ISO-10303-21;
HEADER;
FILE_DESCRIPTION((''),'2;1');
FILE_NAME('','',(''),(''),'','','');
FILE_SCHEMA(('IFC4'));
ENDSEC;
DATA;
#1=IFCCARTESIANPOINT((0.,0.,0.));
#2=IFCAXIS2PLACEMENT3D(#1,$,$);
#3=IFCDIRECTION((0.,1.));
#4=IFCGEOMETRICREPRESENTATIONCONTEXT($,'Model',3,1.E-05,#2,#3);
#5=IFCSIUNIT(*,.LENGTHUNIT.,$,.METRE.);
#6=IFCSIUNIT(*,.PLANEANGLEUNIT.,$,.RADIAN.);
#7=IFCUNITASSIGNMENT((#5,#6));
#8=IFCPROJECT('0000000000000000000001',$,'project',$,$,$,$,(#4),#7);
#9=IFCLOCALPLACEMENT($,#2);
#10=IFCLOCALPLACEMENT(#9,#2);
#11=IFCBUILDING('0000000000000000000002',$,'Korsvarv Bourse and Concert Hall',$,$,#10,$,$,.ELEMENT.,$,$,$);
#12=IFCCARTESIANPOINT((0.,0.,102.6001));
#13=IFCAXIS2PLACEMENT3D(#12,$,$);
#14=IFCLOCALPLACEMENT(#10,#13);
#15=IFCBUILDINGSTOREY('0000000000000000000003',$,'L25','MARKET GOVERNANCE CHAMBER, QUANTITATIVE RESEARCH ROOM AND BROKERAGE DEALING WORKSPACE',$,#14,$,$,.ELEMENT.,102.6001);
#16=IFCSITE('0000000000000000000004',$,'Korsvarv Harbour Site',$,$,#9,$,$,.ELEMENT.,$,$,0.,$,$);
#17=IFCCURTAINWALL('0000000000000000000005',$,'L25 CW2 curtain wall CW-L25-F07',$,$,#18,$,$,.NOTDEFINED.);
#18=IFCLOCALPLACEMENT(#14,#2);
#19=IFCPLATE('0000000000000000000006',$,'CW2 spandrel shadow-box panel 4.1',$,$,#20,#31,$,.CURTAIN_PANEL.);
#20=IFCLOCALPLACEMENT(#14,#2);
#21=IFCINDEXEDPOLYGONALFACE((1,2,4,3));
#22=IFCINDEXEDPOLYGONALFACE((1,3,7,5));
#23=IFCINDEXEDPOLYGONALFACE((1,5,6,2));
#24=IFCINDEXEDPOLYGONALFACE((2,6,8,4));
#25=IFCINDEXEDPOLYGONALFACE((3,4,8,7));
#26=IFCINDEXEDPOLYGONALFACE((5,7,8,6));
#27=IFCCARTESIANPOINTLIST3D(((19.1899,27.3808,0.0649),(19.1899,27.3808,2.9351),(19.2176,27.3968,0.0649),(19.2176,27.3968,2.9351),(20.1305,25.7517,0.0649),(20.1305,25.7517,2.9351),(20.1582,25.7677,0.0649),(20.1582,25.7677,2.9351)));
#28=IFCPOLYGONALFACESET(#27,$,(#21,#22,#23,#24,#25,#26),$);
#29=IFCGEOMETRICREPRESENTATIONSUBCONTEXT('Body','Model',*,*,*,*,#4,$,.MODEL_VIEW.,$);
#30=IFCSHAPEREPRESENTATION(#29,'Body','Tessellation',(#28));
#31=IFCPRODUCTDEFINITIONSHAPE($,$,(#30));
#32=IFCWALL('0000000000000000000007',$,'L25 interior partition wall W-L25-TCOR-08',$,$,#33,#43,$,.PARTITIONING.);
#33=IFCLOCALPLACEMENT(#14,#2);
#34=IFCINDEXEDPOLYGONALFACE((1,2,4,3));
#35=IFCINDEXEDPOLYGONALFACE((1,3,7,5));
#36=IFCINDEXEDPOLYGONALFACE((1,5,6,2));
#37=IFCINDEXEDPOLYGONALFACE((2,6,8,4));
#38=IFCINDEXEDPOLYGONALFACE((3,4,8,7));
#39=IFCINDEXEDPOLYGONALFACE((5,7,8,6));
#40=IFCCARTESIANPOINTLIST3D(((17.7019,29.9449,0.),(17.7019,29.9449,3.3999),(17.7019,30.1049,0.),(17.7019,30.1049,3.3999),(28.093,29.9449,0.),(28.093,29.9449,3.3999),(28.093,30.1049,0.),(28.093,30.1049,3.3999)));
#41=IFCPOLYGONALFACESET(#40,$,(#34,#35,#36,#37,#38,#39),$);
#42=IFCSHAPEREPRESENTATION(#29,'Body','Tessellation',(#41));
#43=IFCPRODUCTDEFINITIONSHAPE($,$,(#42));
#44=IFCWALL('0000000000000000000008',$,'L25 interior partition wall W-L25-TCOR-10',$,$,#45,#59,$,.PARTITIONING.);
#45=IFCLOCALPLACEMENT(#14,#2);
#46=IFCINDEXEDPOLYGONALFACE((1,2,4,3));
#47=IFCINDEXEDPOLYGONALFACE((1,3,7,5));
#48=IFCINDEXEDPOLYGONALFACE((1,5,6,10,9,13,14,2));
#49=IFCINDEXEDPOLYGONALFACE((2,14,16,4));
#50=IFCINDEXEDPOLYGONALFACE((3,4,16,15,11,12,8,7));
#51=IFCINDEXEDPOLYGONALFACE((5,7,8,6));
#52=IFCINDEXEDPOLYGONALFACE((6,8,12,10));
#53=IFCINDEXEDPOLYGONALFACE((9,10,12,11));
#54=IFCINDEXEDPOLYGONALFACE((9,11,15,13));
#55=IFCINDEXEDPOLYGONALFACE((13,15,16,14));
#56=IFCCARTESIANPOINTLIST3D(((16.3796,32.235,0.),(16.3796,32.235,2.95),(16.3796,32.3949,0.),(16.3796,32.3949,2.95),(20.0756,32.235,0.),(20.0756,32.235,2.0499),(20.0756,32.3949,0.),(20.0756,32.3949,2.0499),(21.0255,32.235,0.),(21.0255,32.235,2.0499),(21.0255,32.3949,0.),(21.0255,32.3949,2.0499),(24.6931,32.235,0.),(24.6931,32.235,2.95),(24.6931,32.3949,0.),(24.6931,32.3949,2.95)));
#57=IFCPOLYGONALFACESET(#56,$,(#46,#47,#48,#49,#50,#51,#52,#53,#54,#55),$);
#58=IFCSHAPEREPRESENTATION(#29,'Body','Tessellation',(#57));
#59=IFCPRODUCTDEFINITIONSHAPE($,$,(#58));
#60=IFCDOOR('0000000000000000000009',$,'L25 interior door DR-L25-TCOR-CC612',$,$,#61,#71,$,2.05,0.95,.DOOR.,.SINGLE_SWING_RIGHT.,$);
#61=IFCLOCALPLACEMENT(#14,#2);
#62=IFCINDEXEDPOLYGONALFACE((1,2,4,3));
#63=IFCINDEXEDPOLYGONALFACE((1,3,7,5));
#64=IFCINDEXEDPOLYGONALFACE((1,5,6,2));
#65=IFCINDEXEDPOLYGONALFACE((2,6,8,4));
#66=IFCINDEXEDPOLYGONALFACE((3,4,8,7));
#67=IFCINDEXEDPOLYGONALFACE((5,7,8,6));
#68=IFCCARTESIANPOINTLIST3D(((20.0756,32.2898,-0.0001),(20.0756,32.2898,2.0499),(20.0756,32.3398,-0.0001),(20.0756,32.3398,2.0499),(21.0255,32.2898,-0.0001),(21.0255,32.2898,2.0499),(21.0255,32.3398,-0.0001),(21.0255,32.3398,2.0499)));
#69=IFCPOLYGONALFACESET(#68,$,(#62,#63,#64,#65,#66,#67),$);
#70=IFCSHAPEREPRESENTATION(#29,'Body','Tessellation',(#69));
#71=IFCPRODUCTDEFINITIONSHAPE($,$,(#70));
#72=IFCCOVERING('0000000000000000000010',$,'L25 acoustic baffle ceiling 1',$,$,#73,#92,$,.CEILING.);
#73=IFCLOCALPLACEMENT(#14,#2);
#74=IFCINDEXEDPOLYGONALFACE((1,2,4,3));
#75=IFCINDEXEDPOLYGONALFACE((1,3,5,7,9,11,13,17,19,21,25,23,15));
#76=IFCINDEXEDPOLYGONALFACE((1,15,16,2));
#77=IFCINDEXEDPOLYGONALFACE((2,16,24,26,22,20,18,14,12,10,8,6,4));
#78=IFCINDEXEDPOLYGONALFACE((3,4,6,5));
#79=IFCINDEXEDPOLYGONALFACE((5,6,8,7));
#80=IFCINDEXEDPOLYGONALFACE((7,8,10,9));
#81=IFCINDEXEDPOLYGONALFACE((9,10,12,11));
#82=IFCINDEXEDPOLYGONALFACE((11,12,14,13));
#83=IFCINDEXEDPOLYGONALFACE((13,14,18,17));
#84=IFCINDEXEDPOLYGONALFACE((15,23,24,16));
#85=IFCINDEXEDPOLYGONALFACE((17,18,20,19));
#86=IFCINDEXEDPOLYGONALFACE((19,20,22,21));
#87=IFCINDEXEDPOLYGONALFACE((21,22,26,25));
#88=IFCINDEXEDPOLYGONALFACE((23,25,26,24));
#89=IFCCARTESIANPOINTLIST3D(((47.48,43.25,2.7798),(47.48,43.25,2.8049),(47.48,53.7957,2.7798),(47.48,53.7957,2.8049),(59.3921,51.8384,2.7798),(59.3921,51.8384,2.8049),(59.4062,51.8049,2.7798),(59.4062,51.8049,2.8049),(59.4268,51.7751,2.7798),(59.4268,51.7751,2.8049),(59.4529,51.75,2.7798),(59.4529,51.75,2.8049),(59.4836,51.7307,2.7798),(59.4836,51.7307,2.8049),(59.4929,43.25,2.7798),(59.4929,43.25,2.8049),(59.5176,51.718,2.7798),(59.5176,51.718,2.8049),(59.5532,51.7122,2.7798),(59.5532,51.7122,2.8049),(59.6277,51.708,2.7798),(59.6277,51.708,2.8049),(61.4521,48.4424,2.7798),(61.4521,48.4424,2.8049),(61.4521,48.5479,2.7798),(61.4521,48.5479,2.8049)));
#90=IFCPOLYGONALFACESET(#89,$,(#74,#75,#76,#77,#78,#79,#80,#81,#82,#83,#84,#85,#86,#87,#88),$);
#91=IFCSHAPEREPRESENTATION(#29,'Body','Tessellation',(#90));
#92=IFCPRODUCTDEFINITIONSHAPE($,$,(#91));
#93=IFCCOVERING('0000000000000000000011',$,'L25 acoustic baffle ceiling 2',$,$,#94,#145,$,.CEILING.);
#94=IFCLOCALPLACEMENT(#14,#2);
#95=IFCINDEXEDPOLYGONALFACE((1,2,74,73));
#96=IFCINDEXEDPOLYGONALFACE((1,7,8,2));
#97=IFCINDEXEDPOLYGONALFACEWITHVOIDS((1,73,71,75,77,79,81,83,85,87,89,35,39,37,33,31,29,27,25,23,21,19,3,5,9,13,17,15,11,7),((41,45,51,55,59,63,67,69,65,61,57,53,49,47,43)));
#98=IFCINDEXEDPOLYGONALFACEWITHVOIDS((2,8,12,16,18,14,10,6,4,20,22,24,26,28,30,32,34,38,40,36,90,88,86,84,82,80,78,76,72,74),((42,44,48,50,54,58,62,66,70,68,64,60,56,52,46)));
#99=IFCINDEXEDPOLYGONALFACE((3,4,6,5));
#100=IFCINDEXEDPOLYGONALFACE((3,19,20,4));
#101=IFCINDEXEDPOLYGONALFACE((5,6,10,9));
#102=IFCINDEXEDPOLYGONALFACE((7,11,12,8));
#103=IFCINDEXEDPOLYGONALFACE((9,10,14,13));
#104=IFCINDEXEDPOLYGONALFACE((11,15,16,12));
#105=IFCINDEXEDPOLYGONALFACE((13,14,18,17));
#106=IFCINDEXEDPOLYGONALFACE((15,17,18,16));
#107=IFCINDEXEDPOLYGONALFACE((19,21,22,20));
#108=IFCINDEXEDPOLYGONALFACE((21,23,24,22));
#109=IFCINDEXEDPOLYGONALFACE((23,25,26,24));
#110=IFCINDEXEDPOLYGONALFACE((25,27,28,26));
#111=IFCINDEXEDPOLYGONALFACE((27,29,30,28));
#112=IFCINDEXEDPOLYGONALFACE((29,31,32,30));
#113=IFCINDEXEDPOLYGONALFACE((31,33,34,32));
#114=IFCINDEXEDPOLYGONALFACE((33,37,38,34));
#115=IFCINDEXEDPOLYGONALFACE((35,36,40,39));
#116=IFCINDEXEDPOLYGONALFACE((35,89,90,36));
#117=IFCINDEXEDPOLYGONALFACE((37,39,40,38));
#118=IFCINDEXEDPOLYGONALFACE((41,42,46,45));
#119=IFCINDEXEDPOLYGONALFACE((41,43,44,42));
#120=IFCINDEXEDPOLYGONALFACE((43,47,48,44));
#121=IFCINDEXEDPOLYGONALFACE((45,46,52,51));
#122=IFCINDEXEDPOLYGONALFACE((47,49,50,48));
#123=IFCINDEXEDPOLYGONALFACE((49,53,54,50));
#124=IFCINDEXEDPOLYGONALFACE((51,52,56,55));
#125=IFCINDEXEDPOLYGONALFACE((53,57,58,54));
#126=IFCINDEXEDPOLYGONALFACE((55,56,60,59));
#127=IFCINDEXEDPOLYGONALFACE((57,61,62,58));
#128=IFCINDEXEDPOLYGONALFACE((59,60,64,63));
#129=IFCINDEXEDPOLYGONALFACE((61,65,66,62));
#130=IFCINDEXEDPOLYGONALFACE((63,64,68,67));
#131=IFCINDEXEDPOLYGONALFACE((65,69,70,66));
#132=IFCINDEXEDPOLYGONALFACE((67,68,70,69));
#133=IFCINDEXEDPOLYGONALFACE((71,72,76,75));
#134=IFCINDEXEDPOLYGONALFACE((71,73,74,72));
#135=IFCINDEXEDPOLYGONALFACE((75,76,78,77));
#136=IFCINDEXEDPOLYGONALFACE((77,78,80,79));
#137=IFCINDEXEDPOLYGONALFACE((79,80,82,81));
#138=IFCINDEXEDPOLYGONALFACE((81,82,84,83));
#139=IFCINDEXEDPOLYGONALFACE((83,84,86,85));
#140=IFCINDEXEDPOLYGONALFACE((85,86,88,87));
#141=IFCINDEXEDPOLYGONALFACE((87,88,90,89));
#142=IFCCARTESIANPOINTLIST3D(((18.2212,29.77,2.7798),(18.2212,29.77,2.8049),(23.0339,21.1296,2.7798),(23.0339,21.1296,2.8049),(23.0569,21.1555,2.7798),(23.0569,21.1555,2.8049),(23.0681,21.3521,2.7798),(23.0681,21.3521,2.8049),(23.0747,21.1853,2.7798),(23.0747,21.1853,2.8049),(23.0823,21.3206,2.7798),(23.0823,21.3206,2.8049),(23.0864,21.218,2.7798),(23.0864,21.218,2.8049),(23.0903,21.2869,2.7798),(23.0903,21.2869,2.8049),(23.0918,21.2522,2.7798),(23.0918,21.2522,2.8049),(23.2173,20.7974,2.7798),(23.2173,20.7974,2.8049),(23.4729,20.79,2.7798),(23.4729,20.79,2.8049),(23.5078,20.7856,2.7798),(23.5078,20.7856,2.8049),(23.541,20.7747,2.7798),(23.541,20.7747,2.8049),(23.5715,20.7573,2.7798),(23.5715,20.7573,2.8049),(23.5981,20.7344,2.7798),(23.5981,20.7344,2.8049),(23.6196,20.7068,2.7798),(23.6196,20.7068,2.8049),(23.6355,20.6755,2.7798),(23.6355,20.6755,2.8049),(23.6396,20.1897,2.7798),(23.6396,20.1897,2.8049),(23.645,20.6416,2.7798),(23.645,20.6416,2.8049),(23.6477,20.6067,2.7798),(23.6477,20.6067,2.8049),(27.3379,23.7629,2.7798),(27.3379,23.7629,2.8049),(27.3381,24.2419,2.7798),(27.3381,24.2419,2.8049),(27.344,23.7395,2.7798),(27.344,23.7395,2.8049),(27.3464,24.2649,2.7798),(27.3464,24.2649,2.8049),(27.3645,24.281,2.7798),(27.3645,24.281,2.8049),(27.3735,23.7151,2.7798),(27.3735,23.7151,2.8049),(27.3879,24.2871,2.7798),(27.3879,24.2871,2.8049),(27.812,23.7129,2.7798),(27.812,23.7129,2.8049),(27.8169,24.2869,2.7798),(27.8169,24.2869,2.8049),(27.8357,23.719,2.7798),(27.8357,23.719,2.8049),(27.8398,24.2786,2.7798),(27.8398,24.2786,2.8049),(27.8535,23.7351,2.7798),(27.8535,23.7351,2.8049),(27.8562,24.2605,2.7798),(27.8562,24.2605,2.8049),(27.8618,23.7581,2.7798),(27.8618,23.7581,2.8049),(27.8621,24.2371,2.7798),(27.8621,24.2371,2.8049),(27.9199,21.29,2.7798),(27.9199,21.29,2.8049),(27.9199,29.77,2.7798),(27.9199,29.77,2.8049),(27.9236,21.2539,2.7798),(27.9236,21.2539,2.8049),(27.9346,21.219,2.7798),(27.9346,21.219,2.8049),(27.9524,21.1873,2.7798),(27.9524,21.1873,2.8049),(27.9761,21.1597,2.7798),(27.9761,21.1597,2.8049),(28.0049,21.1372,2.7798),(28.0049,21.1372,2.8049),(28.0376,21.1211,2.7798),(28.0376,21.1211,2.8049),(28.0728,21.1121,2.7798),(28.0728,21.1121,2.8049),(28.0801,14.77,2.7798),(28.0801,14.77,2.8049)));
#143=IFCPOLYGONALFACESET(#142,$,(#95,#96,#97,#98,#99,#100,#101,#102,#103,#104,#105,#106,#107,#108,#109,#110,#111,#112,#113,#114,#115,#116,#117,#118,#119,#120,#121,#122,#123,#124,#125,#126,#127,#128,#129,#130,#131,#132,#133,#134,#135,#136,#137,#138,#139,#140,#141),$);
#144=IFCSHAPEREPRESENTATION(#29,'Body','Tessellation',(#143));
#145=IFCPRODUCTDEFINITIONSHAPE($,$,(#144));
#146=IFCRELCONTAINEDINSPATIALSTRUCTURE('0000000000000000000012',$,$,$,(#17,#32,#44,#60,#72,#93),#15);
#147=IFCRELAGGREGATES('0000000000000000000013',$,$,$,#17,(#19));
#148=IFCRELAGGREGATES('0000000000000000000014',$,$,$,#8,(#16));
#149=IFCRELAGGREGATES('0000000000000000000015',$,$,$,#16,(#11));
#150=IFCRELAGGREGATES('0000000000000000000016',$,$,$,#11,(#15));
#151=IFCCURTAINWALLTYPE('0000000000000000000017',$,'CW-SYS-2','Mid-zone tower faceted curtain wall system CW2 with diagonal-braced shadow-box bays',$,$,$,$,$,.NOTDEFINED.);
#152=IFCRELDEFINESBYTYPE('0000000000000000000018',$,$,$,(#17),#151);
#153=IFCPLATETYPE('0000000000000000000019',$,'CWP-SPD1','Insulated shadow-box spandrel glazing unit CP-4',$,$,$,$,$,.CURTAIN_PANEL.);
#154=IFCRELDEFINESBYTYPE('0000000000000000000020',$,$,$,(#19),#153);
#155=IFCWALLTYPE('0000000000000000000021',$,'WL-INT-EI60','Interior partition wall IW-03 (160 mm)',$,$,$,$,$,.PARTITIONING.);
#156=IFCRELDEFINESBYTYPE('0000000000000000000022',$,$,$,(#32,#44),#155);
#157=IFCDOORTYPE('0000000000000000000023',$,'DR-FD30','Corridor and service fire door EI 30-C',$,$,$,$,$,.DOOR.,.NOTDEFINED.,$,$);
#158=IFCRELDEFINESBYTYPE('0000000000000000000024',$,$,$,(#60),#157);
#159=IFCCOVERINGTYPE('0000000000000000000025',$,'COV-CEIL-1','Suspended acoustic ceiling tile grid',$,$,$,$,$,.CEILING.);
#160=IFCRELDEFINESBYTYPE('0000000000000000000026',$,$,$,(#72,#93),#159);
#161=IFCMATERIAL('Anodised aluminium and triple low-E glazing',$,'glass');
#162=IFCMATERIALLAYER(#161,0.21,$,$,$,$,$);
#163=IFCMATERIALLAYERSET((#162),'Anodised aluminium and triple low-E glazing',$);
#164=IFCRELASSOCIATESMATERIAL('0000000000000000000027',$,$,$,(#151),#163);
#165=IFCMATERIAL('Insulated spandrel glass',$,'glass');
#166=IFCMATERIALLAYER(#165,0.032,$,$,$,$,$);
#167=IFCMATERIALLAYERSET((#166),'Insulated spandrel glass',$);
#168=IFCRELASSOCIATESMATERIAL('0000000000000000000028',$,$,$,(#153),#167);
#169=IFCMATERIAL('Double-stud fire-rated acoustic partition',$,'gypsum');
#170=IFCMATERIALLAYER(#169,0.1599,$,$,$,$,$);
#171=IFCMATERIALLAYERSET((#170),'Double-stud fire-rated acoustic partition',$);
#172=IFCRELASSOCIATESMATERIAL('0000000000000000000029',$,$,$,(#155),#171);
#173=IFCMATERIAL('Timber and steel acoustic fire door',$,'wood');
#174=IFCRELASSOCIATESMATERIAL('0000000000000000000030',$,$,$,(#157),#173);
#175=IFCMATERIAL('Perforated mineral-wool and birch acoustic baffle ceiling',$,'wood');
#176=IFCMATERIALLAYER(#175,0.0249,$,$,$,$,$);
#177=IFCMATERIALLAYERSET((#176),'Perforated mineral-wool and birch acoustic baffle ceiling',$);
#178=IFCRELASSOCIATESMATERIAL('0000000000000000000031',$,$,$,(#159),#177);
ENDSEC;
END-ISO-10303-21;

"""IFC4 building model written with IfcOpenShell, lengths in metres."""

from ifc_helpers import new_model, si_unit, direction, frame, frame_2d, origin, origin_2d, place, context, subcontext, project, spatial, polyline, rectangle, outline, extrude, source, transform, mapped, material, layer, layer_set, type_object, element, fill, aggregate, save


model = new_model("IFC4")

# Units and contexts
model_context = context("Model", 3, precision=1e-05, world=origin(), true_north=direction((0.0, 1.0)))
body_context = subcontext(model_context, "Body", "Model", "MODEL_VIEW")
ifc_project = project(units=[si_unit("LENGTHUNIT", "METRE"), si_unit("PLANEANGLEUNIT", "RADIAN")], contexts=[model_context])

# Site, building, storey
site_placement = place(None, origin())
site = spatial("IfcSite", under=ifc_project, at=site_placement, Name="Korsvarv Harbour Site", CompositionType="ELEMENT", RefElevation=0.0)
building_placement = place(site_placement, origin())
building = spatial("IfcBuilding", under=site, at=building_placement, Name="Korsvarv Bourse and Concert Hall", CompositionType="ELEMENT")
storey_placement = place(building_placement, frame((0.0, 0.0, 102.6001)))
storey = spatial("IfcBuildingStorey", under=building, at=storey_placement, Name="L25", Description="MARKET GOVERNANCE CHAMBER, QUANTITATIVE RESEARCH ROOM AND BROKERAGE DEALING WORKSPACE", CompositionType="ELEMENT", Elevation=102.6001)

# Curtain wall
ifc_material_1 = material(Name="Anodised aluminium and triple low-E glazing", Category="glass")
ifc_layer_1 = layer(ifc_material_1, 0.21)
ifc_layer_set_1 = layer_set([ifc_layer_1], Name="Anodised aluminium and triple low-E glazing")
curtain_wall_type = type_object("IfcCurtainWallType", Name="CW-SYS-2", Description="Mid-zone tower faceted curtain wall system CW2 with diagonal-braced shadow-box bays", PredefinedType="NOTDEFINED", material=ifc_layer_set_1)
curtain_wall_placement = place(storey_placement, origin())
curtain_wall = element("IfcCurtainWall", 1, at=curtain_wall_placement, inside=storey, type_object=curtain_wall_type, Name="L25 CW2 curtain wall CW-L25-F07", PredefinedType="NOTDEFINED")

# Plate
ifc_material_2 = material(Name="Insulated spandrel glass", Category="glass")
ifc_layer_2 = layer(ifc_material_2, 0.032)
ifc_layer_set_2 = layer_set([ifc_layer_2], Name="Insulated spandrel glass")
plate_type_1 = type_object("IfcPlateType", Name="CWP-SPD1", Description="Insulated shadow-box spandrel glazing unit CP-4", PredefinedType="CURTAIN_PANEL", material=ifc_layer_set_2)
shared_shape_1 = source(origin(), body_context, "Body", "SweptSolid", [
    extrude(rectangle(XDim=1.8811, YDim=0.032, at=origin_2d()), origin(), (0.0, 0.0, 1.0), 2.8701),
])
plate_1_placement = place(storey_placement, frame((19.6741, 26.5742, 0.0649), z_axis=(0.0, 0.0, 1.0), x_axis=(0.500002, -0.866024, 0.0)))
plate_1 = element("IfcPlate", 2, at=plate_1_placement, type_object=plate_type_1, Name="CW2 spandrel shadow-box panel 4.1", PredefinedType="CURTAIN_PANEL", context=body_context, shape_type="MappedRepresentation", body=[
    mapped(shared_shape_1, transform((0.0, 0.0, 0.0), scale=1.0)),
])
aggregate(curtain_wall, [plate_1])

# Wall
ifc_material_3 = material(Name="Double-stud fire-rated acoustic partition", Category="gypsum")
ifc_layer_3 = layer(ifc_material_3, 0.1599)
ifc_layer_set_3 = layer_set([ifc_layer_3], Name="Double-stud fire-rated acoustic partition")
wall_type = type_object("IfcWallType", Name="WL-INT-EI60", Description="Interior partition wall IW-03 (160 mm)", PredefinedType="PARTITIONING", material=ifc_layer_set_3)
wall_1_placement = place(storey_placement, frame((17.7019, 30.0249, 0.0), z_axis=(0.0, 0.0, 1.0), x_axis=(1.0, 0.0, 0.0)))
element("IfcWall", 3, at=wall_1_placement, inside=storey, type_object=wall_type, Name="L25 interior partition wall W-L25-TCOR-08", PredefinedType="PARTITIONING", context=body_context, shape_type="SweptSolid", body=[
    extrude(rectangle(XDim=10.3911, YDim=0.1599, at=frame_2d((5.1956, 0.0))), origin(), (0.0, 0.0, 1.0), 3.3999),
])

# Wall, opening, door
wall_2_placement = place(storey_placement, frame((16.3796, 32.3149, 0.0), z_axis=(0.0, 0.0, 1.0), x_axis=(1.0, 0.0, 0.0)))
wall_2 = element("IfcWall", 4, at=wall_2_placement, inside=storey, type_object=wall_type, Name="L25 interior partition wall W-L25-TCOR-10", PredefinedType="PARTITIONING", context=body_context, shape_type="SweptSolid", body=[
    extrude(rectangle(XDim=8.3135, YDim=0.1599, at=frame_2d((4.1567, 0.0))), origin(), (0.0, 0.0, 1.0), 2.95),
])
opening_placement = place(wall_2_placement, frame((3.6958, 0.0, 0.0)))
opening = element("IfcOpeningElement", 5, at=opening_placement, cuts=wall_2, PredefinedType="OPENING", context=body_context, shape_type="SweptSolid", body=[
    extrude(rectangle(XDim=0.95, YDim=2.05, at=frame_2d((0.4751, 1.0249))), frame((0.0, 0.0898, 0.0), z_axis=(0.0, -1.0, 0.0), x_axis=(1.0, 0.0, 0.0)), (0.0, 0.0, 1.0), 0.1799),
])
ifc_material_4 = material(Name="Timber and steel acoustic fire door", Category="wood")
door_type = type_object("IfcDoorType", Name="DR-FD30", Description="Corridor and service fire door EI 30-C", OperationType="NOTDEFINED", PredefinedType="DOOR", material=ifc_material_4)
door_placement = place(opening_placement, origin())
door = element("IfcDoor", 6, at=door_placement, inside=storey, type_object=door_type, Name="L25 interior door DR-L25-TCOR-CC612", OperationType="SINGLE_SWING_RIGHT", OverallHeight=2.05, OverallWidth=0.95, PredefinedType="DOOR", context=body_context, shape_type="SweptSolid", body=[
    extrude(rectangle(XDim=0.95, YDim=2.05, at=frame_2d((0.4751, 1.0249))), frame((0.0, 0.0249, 0.0), z_axis=(0.0, -1.0, 0.0), x_axis=(1.0, 0.0, 0.0)), (0.0, 0.0, 1.0), 0.05),
])
fill(opening, door)

# Coverings
ifc_material_5 = material(Name="Perforated mineral-wool and birch acoustic baffle ceiling", Category="wood")
ifc_layer_4 = layer(ifc_material_5, 0.0249)
ifc_layer_set_4 = layer_set([ifc_layer_4], Name="Perforated mineral-wool and birch acoustic baffle ceiling")
covering_type_1 = type_object("IfcCoveringType", Name="COV-CEIL-1", Description="Suspended acoustic ceiling tile grid", PredefinedType="CEILING", material=ifc_layer_set_4)
covering_1_placement = place(storey_placement, frame((0.0, 0.0, 2.7798)))
element("IfcCovering", 7, at=covering_1_placement, inside=storey, type_object=covering_type_1, Name="L25 acoustic baffle ceiling 1", PredefinedType="CEILING", context=body_context, shape_type="SweptSolid", body=[
    extrude(outline(polyline([(59.3921, 51.8384), (59.4062, 51.8049), (59.4268, 51.7751), (59.4529, 51.75), (59.4836, 51.7307), (59.5176, 51.718), (59.5532, 51.7122), (59.6277, 51.708), (61.4521, 48.5479), (61.4521, 48.4424), (59.4929, 43.25), (47.48, 43.25), (47.48, 53.7957), (59.3921, 51.8384)])), origin(), (0.0, 0.0, 1.0), 0.0251),
])
covering_2_placement = place(storey_placement, frame((0.0, 0.0, 2.7798)))
element("IfcCovering", 8, at=covering_2_placement, inside=storey, type_object=covering_type_1, Name="L25 acoustic baffle ceiling 2", PredefinedType="CEILING", context=body_context, shape_type="SweptSolid", body=[
    extrude(outline(polyline([(23.0339, 21.1296), (23.0569, 21.1555), (23.0747, 21.1853), (23.0864, 21.218), (23.0918, 21.2522), (23.0903, 21.2869), (23.0823, 21.3206), (23.0681, 21.3521), (18.2212, 29.77), (27.9199, 29.77), (27.9199, 21.29), (27.9236, 21.2539), (27.9346, 21.219), (27.9524, 21.1873), (27.9761, 21.1597), (28.0049, 21.1372), (28.0376, 21.1211), (28.0728, 21.1121), (28.0801, 14.77), (23.6396, 20.1897), (23.6477, 20.6067), (23.645, 20.6416), (23.6355, 20.6755), (23.6196, 20.7068), (23.5981, 20.7344), (23.5715, 20.7573), (23.541, 20.7747), (23.5078, 20.7856), (23.4729, 20.79), (23.2173, 20.7974), (23.0339, 21.1296)]), holes=[polyline([(27.3735, 23.7151), (27.812, 23.7129), (27.8357, 23.719), (27.8535, 23.7351), (27.8618, 23.7581), (27.8621, 24.2371), (27.8562, 24.2605), (27.8398, 24.2786), (27.8169, 24.2869), (27.3879, 24.2871), (27.3645, 24.281), (27.3464, 24.2649), (27.3381, 24.2419), (27.3379, 23.7629), (27.344, 23.7395), (27.3735, 23.7151)])]), origin(), (0.0, 0.0, 1.0), 0.0251),
])

save(model, "model.ifc")
